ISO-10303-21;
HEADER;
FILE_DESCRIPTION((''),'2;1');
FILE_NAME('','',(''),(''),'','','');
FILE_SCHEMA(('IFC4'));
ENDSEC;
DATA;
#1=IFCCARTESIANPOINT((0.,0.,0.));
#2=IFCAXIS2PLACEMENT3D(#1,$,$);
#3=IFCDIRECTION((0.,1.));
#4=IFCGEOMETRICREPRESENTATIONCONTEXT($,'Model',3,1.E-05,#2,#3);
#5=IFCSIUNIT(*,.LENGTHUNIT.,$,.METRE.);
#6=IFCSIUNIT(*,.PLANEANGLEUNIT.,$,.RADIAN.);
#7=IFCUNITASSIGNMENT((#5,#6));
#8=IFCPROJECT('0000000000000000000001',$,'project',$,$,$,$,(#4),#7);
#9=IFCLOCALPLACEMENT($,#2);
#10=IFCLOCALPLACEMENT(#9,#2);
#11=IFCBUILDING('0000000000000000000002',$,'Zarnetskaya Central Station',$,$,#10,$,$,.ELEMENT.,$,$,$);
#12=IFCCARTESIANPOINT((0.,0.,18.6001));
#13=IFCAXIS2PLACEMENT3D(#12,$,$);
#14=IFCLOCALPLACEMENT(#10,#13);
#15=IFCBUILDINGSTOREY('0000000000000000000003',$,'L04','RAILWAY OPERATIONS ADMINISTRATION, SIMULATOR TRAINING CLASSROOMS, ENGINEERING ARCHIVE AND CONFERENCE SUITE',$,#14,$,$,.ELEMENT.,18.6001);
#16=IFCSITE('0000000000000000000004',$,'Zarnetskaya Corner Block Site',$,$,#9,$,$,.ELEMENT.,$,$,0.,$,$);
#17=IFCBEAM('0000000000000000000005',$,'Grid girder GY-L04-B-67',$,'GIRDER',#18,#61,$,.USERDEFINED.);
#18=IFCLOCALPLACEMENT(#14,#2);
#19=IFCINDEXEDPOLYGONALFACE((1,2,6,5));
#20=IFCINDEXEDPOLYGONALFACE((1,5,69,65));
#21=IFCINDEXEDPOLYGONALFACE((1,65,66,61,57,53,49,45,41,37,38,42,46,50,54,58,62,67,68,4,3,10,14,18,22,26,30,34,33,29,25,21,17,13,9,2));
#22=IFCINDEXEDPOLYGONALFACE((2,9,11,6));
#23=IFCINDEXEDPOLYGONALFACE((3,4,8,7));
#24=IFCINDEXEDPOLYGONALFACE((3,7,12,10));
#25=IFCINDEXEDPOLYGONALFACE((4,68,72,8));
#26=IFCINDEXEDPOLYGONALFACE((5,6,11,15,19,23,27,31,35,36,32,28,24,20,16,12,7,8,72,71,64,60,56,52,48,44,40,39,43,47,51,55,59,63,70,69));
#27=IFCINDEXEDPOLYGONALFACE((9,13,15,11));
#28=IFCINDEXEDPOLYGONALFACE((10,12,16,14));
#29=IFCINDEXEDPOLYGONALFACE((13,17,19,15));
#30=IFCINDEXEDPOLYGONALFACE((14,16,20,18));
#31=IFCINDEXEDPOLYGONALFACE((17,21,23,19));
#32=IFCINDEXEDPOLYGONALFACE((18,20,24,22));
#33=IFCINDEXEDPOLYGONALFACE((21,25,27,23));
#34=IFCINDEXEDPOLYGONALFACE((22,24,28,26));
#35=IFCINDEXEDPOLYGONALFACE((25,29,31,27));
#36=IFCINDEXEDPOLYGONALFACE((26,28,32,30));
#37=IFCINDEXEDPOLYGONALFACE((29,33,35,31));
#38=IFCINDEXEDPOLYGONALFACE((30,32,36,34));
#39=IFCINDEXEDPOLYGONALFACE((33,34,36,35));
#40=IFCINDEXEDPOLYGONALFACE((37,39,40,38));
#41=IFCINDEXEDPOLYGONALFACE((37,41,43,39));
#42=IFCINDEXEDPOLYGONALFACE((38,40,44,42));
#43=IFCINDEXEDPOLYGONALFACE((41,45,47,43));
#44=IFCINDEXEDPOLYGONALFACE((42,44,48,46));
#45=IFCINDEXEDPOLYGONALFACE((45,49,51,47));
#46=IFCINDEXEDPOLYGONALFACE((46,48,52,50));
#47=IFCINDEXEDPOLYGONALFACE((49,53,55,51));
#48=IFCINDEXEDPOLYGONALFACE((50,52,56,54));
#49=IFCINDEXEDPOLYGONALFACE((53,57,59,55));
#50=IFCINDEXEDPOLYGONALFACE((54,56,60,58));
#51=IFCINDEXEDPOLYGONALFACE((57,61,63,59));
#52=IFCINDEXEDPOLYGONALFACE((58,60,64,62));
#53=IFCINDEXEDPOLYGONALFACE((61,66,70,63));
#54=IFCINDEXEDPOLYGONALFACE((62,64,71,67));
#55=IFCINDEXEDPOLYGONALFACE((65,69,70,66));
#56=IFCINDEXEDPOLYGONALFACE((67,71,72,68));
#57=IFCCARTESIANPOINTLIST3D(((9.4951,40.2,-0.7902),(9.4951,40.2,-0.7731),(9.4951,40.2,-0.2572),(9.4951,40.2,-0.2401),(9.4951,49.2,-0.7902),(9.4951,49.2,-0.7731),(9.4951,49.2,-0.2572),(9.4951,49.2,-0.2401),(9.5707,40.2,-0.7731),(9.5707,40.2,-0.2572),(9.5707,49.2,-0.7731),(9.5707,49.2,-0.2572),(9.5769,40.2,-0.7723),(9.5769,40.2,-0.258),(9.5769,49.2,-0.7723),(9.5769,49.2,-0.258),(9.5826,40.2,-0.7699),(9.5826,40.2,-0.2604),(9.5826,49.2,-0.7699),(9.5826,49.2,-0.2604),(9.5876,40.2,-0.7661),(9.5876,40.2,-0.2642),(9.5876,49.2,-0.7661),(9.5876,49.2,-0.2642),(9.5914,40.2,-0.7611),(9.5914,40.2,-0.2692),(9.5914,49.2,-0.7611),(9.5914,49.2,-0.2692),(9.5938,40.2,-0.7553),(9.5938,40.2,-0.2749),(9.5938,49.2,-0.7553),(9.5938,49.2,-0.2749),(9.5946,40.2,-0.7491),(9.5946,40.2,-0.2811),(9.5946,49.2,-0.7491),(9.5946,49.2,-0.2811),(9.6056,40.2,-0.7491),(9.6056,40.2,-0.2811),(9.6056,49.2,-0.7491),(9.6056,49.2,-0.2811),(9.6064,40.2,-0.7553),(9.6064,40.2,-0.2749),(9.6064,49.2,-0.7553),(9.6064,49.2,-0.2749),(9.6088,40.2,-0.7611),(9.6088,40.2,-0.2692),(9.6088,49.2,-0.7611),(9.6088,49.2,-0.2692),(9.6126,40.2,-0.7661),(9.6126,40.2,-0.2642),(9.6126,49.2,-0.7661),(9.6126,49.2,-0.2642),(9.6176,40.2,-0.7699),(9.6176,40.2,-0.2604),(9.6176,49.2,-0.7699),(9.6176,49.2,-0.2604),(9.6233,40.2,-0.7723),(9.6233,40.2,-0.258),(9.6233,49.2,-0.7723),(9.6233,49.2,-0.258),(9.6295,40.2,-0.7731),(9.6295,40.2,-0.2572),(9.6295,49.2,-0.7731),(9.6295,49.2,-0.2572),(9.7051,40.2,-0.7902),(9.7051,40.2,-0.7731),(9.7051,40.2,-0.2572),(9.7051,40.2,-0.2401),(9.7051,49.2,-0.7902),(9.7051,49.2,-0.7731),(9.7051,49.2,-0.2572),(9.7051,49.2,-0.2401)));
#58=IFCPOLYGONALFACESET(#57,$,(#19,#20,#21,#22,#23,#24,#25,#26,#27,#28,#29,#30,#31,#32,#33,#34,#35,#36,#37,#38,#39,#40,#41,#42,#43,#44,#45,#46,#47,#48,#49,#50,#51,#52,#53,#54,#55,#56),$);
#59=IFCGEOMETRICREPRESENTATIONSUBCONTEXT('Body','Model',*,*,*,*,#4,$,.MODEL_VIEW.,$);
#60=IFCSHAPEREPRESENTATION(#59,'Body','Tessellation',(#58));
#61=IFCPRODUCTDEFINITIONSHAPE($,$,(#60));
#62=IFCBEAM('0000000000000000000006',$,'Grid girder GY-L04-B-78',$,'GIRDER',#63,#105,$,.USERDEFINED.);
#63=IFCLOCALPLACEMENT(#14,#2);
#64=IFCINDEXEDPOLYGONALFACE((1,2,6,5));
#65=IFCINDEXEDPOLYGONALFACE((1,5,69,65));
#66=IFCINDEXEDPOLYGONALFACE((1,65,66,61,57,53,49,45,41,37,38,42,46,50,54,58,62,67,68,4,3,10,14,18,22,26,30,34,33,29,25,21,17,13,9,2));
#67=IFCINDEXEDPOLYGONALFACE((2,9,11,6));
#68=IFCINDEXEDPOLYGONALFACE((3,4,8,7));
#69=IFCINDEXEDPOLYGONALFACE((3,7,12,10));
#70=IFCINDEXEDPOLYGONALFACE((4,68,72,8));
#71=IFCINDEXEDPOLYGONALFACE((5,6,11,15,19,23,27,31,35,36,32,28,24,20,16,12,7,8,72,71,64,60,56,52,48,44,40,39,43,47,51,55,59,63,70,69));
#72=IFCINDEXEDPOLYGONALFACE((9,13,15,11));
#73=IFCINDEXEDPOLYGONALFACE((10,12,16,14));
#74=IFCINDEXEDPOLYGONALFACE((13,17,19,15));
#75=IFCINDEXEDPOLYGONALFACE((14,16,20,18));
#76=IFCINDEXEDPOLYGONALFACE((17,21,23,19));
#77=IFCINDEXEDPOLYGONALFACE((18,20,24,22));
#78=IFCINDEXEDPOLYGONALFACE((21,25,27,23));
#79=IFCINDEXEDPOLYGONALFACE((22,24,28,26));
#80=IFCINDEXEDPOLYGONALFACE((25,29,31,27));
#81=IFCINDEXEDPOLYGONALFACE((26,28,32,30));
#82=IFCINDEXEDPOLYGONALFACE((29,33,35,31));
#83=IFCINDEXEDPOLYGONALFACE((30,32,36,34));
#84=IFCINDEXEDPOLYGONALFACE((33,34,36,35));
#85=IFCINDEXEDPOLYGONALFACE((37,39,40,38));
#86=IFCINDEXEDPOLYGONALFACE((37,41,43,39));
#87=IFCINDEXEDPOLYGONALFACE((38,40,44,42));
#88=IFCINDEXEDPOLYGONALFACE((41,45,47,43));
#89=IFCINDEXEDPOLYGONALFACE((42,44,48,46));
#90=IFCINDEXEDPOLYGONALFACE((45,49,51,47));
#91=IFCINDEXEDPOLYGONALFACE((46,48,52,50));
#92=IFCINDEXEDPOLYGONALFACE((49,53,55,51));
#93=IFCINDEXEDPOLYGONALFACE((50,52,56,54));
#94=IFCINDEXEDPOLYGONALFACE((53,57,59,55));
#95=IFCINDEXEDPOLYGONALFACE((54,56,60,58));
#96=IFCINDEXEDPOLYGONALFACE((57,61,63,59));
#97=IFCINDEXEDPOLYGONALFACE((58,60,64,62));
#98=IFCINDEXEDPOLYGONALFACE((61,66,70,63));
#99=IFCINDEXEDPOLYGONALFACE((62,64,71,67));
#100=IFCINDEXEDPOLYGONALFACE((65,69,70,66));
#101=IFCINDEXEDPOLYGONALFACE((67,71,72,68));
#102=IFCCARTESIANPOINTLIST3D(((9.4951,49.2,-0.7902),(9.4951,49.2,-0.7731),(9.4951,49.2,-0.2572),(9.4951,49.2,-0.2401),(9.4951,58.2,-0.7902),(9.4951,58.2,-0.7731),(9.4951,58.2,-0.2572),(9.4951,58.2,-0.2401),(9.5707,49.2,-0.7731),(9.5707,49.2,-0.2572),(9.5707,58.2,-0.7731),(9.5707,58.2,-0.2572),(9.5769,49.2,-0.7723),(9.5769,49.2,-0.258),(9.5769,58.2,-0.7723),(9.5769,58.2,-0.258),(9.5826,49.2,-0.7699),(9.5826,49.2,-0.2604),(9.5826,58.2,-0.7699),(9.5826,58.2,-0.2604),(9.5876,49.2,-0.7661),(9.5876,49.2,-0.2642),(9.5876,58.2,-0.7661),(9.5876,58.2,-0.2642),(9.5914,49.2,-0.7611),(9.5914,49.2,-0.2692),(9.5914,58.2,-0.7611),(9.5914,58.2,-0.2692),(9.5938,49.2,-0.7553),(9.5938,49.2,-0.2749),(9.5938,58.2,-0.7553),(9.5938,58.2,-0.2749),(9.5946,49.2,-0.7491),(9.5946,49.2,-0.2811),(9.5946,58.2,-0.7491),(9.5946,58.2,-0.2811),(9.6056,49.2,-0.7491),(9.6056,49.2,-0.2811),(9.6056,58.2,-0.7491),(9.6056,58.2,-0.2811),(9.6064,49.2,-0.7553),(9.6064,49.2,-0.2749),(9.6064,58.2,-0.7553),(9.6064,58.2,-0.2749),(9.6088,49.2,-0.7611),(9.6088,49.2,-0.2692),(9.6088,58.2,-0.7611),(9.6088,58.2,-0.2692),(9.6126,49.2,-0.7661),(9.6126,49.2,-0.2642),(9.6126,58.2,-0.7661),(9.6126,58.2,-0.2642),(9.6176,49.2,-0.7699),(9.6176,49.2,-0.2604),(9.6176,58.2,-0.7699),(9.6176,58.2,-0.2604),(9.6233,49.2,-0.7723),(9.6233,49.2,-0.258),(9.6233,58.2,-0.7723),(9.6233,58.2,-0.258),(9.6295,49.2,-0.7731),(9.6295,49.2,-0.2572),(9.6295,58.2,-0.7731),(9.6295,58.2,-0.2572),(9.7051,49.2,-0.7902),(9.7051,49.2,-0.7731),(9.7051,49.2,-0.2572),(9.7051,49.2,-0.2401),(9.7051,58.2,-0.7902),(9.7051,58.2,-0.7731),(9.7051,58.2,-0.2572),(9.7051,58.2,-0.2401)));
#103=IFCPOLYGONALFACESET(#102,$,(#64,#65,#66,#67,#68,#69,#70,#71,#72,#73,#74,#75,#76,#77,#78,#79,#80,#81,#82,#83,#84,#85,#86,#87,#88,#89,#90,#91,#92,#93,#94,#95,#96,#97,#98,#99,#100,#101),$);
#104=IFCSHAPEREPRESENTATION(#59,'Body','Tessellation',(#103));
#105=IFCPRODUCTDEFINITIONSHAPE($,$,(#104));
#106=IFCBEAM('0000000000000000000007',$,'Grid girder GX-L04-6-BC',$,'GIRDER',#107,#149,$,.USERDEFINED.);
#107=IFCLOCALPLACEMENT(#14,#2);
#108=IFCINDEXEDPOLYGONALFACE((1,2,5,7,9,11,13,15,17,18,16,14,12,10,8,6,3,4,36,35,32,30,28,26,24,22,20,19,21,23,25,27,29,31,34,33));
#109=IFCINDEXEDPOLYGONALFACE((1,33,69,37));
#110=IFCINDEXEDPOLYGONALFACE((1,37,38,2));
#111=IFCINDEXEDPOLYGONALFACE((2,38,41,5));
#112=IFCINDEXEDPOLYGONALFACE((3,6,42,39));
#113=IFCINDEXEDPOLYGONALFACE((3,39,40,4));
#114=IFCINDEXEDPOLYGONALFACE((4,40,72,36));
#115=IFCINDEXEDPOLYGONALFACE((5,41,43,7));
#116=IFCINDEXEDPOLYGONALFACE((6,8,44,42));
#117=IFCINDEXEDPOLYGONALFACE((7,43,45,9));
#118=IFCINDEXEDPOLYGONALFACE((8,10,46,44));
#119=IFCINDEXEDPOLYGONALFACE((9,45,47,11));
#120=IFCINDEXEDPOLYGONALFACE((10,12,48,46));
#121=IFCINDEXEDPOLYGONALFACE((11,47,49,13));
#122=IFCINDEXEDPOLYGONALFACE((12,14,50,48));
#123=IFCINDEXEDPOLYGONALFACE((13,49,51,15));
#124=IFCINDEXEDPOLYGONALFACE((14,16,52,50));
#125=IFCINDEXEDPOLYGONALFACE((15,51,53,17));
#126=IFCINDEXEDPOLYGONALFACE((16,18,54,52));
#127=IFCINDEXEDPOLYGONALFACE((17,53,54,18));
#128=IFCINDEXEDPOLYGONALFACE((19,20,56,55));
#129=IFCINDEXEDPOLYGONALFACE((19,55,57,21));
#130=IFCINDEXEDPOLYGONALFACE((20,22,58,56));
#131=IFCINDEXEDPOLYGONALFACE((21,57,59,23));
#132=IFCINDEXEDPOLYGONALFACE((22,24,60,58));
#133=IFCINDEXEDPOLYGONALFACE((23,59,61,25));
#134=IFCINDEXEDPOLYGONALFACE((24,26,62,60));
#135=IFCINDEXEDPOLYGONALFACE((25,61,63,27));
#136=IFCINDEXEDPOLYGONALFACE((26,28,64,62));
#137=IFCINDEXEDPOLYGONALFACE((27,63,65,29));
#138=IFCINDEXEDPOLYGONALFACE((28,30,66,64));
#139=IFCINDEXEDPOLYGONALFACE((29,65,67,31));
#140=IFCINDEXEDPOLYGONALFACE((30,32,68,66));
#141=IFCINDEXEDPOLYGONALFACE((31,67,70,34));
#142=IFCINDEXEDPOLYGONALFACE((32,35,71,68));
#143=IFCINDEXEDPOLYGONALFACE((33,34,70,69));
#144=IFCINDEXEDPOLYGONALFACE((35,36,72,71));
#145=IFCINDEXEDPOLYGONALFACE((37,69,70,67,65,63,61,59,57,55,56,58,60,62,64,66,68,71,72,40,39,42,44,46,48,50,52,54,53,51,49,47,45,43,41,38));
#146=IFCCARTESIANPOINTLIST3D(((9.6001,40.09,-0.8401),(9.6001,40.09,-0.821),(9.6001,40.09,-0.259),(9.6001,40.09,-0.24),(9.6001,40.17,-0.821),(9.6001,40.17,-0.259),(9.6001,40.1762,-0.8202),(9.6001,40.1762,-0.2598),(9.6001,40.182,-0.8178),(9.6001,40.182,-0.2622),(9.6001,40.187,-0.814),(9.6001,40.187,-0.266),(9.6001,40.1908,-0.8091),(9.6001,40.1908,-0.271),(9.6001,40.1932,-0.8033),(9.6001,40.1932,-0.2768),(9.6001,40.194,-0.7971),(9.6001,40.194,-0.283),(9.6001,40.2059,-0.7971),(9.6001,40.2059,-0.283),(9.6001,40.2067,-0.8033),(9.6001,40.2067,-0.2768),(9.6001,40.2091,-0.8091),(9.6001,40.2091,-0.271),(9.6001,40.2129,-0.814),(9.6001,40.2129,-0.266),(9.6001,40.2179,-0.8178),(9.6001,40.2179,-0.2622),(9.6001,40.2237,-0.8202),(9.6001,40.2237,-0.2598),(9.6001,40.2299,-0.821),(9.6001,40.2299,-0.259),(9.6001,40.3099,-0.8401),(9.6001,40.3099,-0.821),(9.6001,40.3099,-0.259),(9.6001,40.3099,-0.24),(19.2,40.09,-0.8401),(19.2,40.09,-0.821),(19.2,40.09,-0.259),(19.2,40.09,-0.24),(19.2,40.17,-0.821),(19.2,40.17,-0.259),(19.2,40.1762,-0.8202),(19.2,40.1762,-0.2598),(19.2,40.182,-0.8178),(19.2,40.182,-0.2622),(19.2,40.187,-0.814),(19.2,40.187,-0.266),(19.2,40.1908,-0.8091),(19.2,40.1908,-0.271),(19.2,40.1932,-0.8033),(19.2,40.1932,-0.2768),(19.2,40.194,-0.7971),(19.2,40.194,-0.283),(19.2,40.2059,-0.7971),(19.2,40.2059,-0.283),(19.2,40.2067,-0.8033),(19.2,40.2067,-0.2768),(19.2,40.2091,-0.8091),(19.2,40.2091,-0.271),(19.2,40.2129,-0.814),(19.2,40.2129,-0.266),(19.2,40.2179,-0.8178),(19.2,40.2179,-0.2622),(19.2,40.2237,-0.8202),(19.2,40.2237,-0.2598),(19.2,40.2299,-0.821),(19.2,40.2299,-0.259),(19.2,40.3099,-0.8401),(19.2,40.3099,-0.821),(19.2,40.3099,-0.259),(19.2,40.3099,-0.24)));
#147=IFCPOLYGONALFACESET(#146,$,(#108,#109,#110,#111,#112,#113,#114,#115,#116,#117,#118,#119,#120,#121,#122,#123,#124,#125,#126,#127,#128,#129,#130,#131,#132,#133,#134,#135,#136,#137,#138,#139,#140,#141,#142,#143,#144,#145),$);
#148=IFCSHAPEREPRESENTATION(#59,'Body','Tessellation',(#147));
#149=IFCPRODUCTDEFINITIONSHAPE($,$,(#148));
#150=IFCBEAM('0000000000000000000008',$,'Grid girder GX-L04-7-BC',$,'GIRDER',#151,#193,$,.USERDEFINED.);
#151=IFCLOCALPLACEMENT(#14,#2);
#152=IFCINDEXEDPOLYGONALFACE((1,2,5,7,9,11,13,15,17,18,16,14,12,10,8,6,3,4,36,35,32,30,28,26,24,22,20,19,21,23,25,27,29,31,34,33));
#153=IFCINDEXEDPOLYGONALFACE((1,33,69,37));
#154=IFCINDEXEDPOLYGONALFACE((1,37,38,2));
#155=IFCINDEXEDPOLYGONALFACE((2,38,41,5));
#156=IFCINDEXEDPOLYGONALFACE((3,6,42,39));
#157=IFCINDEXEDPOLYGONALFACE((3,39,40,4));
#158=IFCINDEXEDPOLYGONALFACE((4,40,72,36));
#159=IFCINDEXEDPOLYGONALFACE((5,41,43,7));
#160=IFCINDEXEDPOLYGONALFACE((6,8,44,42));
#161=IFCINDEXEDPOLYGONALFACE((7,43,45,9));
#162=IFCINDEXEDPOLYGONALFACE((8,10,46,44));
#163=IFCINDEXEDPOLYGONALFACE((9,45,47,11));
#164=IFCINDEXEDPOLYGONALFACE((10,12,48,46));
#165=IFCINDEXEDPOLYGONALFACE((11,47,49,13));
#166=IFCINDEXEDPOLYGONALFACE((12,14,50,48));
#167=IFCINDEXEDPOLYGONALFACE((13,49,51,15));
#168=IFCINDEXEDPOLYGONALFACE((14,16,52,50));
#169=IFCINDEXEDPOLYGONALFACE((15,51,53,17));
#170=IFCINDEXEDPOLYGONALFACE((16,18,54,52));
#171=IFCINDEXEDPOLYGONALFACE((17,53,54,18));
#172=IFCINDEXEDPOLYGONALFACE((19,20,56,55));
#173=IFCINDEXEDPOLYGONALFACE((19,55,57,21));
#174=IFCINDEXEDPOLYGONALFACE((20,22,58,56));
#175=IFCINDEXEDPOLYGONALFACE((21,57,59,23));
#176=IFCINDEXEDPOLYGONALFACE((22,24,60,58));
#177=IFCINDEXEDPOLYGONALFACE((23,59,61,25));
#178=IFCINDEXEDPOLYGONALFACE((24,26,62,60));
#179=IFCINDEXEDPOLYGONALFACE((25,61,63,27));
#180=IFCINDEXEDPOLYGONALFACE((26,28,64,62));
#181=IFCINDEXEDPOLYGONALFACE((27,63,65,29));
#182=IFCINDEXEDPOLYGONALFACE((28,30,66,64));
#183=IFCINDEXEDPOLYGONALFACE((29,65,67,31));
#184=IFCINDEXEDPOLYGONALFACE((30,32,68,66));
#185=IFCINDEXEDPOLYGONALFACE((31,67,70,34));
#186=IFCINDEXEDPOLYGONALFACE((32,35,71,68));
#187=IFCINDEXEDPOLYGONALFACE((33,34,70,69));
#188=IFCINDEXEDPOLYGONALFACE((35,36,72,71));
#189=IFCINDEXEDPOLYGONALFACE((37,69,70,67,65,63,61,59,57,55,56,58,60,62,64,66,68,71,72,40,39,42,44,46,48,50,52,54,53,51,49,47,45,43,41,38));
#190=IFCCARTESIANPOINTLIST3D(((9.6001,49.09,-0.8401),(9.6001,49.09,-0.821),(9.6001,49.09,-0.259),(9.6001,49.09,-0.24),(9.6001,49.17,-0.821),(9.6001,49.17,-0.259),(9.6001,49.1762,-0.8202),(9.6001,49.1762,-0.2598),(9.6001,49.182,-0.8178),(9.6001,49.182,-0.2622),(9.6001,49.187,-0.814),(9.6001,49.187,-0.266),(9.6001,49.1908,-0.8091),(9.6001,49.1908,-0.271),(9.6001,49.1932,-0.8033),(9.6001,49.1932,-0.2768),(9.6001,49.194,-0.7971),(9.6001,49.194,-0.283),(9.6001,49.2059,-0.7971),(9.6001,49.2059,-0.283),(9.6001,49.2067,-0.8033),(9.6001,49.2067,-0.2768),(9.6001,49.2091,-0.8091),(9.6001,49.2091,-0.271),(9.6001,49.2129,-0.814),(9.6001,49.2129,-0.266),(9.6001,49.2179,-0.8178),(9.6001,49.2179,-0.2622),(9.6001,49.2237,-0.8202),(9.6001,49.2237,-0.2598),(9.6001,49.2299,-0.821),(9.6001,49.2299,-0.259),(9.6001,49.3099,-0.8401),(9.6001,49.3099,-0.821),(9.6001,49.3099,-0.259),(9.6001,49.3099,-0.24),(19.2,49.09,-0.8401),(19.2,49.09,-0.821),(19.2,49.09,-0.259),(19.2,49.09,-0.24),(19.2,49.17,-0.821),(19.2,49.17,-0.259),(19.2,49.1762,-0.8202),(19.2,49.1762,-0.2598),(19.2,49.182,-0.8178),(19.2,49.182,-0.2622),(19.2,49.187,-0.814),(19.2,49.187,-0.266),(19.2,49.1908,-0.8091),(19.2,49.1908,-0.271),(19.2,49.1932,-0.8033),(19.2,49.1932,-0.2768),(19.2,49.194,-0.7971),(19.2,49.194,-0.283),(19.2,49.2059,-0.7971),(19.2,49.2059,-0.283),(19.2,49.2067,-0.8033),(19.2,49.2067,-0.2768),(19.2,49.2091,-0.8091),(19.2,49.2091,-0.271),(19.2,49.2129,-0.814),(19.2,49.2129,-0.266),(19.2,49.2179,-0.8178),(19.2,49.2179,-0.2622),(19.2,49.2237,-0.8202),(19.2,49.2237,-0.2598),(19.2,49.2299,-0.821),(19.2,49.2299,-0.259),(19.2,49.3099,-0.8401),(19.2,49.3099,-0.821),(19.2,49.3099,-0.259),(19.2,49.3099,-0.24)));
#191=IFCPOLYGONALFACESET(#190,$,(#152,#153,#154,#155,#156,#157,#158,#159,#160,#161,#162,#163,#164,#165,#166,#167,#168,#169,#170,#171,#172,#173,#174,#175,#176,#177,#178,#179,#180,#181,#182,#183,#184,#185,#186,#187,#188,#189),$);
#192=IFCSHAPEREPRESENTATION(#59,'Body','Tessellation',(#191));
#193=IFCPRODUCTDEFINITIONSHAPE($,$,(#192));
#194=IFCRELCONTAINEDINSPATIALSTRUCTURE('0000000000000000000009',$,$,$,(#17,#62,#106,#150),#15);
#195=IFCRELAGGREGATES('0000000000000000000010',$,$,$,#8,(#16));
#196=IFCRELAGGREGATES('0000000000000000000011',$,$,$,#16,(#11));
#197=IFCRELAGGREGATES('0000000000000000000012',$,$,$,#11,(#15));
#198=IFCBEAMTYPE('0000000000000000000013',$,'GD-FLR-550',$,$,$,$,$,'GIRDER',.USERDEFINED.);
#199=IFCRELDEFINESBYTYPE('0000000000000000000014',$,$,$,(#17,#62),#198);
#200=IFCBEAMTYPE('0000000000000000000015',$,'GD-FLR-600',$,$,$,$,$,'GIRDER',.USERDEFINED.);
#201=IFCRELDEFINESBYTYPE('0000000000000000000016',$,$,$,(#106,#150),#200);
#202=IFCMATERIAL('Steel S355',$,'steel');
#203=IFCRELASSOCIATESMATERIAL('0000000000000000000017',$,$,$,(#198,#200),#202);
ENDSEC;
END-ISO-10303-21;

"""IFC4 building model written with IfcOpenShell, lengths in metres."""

from ifc_helpers import new_model, si_unit, direction, frame, origin, origin_2d, place, context, subcontext, project, spatial, i_section, extrude, material, material_profile, profile_set, type_object, element, save


model = new_model("IFC4")

# Units and contexts
model_context = context("Model", 3, precision=1e-05, world=origin(), true_north=direction((0.0, 1.0)))
body_context = subcontext(model_context, "Body", "Model", "MODEL_VIEW")
ifc_project = project(units=[si_unit("LENGTHUNIT", "METRE"), si_unit("PLANEANGLEUNIT", "RADIAN")], contexts=[model_context])

# Site, building, storey
site_placement = place(None, origin())
site = spatial("IfcSite", under=ifc_project, at=site_placement, Name="Zarnetskaya Corner Block Site", CompositionType="ELEMENT", RefElevation=0.0)
building_placement = place(site_placement, origin())
building = spatial("IfcBuilding", under=site, at=building_placement, Name="Zarnetskaya Central Station", CompositionType="ELEMENT")
storey_placement = place(building_placement, frame((0.0, 0.0, 18.6001)))
storey = spatial("IfcBuildingStorey", under=building, at=storey_placement, Name="L04", Description="RAILWAY OPERATIONS ADMINISTRATION, SIMULATOR TRAINING CLASSROOMS, ENGINEERING ARCHIVE AND CONFERENCE SUITE", CompositionType="ELEMENT", Elevation=18.6001)

# Shared definitions
ifc_material_1 = material(Name="Steel S355", Category="steel")

# Beams
ifc_material_profile_1 = material_profile(ifc_material_1, i_section(OverallWidth=0.21, OverallDepth=0.55, WebThickness=0.011, FlangeThickness=0.0171, FilletRadius=0.0239, at=origin_2d()), Name="IPE 550")
ifc_profile_set_1 = profile_set([ifc_material_profile_1], Name="Steel S355")
beam_type_1 = type_object("IfcBeamType", Name="GD-FLR-550", ElementType="GIRDER", PredefinedType="USERDEFINED", material=ifc_profile_set_1)
for number, where, z_axis, x_axis, name in (
    (1, (9.6001, 40.2, -0.5151), (0.0, 1.0, 0.0), (-1.0, 0.0, 0.0), "Grid girder GY-L04-B-67"),
    (2, (9.6001, 49.2, -0.5151), (0.0, 1.0, 0.0), (-1.0, 0.0, 0.0), "Grid girder GY-L04-B-78"),
):
    element("IfcBeam", number, at=place(storey_placement, frame(where, z_axis=z_axis, x_axis=x_axis)), inside=storey, type_object=beam_type_1, Name=name, ObjectType="GIRDER", PredefinedType="USERDEFINED", context=body_context, shape_type="SweptSolid", body=[
        extrude(i_section(OverallWidth=0.21, OverallDepth=0.55, WebThickness=0.011, FlangeThickness=0.0171, FilletRadius=0.0239, at=origin_2d()), origin(), (0.0, 0.0, 1.0), 9.0),
    ])
ifc_material_profile_2 = material_profile(ifc_material_1, i_section(OverallWidth=0.22, OverallDepth=0.6001, WebThickness=0.012, FlangeThickness=0.019, FilletRadius=0.0239, at=origin_2d()), Name="IPE 600")
ifc_profile_set_2 = profile_set([ifc_material_profile_2], Name="Steel S355")
beam_type_2 = type_object("IfcBeamType", Name="GD-FLR-600", ElementType="GIRDER", PredefinedType="USERDEFINED", material=ifc_profile_set_2)
for number, where, z_axis, x_axis, name in (
    (3, (9.6001, 40.2, -0.54), (1.0, 0.0, 0.0), (0.0, 1.0, 0.0), "Grid girder GX-L04-6-BC"),
    (4, (9.6001, 49.2, -0.54), (1.0, 0.0, 0.0), (0.0, 1.0, 0.0), "Grid girder GX-L04-7-BC"),
):
    element("IfcBeam", number, at=place(storey_placement, frame(where, z_axis=z_axis, x_axis=x_axis)), inside=storey, type_object=beam_type_2, Name=name, ObjectType="GIRDER", PredefinedType="USERDEFINED", context=body_context, shape_type="SweptSolid", body=[
        extrude(i_section(OverallWidth=0.22, OverallDepth=0.6001, WebThickness=0.012, FlangeThickness=0.019, FilletRadius=0.0239, at=origin_2d()), origin(), (0.0, 0.0, 1.0), 9.5999),
    ])

save(model, "model.ifc")
